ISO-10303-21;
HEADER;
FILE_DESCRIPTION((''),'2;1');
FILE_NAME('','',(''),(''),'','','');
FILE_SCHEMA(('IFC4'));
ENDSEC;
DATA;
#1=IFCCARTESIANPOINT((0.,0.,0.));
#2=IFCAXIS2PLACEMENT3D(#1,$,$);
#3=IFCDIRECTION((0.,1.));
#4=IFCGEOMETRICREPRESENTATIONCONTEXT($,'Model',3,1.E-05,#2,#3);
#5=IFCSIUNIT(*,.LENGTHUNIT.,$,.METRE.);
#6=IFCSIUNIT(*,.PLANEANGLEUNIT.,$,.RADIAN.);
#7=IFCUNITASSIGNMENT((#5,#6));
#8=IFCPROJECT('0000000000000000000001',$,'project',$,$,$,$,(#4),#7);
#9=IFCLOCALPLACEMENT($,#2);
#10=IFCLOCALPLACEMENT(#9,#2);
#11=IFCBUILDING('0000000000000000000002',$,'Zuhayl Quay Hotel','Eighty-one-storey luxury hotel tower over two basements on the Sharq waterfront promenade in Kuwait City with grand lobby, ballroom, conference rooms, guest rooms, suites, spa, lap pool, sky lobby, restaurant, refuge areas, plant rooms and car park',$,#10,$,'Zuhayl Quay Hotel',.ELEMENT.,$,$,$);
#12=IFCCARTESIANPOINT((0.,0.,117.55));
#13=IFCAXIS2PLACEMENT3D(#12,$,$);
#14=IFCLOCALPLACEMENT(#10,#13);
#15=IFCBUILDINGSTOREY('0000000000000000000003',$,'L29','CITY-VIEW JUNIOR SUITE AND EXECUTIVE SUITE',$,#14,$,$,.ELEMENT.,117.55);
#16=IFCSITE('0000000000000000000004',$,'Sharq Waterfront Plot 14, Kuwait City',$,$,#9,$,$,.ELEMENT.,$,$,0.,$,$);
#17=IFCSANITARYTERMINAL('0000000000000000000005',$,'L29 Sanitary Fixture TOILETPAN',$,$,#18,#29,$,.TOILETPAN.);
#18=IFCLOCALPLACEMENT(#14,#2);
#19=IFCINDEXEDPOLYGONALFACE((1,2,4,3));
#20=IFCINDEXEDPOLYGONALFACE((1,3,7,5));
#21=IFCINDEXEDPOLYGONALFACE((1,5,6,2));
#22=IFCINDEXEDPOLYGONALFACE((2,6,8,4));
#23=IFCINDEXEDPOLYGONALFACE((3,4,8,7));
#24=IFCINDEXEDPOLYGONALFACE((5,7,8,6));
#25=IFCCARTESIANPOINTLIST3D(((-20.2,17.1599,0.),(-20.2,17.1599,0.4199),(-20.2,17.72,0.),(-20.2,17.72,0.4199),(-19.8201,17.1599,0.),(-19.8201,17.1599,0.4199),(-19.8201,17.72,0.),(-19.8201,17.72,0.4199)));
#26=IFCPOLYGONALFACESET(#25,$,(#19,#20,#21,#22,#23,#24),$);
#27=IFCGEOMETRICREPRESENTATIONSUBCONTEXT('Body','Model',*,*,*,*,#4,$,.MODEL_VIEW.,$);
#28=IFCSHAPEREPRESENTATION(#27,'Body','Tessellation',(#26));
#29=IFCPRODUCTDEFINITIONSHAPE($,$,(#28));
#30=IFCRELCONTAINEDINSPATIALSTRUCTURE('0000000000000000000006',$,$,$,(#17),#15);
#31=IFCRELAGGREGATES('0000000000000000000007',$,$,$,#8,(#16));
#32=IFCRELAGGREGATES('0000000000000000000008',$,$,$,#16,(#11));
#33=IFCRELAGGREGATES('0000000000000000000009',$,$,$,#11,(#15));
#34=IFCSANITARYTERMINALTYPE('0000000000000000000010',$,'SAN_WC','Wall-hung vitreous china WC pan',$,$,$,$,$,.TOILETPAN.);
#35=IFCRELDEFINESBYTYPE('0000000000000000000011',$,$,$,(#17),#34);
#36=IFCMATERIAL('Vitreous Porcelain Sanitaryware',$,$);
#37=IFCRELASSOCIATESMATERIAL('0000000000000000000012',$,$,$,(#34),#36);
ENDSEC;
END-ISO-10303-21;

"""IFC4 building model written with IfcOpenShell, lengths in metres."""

from ifc_helpers import new_model, si_unit, direction, frame, origin, origin_2d, place, context, subcontext, project, spatial, rectangle, extrude, material, type_object, element, save


model = new_model("IFC4")

# Units and contexts
model_context = context("Model", 3, precision=1e-05, world=origin(), true_north=direction((0.0, 1.0)))
body_context = subcontext(model_context, "Body", "Model", "MODEL_VIEW")
ifc_project = project(units=[si_unit("LENGTHUNIT", "METRE"), si_unit("PLANEANGLEUNIT", "RADIAN")], contexts=[model_context])

# Site, building, storey
site_placement = place(None, origin())
site = spatial("IfcSite", under=ifc_project, at=site_placement, Name="Sharq Waterfront Plot 14, Kuwait City", CompositionType="ELEMENT", RefElevation=0.0)
building_placement = place(site_placement, origin())
building = spatial("IfcBuilding", under=site, at=building_placement, Name="Zuhayl Quay Hotel", Description="Eighty-one-storey luxury hotel tower over two basements on the Sharq waterfront promenade in Kuwait City with grand lobby, ballroom, conference rooms, guest rooms, suites, spa, lap pool, sky lobby, restaurant, refuge areas, plant rooms and car park", LongName="Zuhayl Quay Hotel", CompositionType="ELEMENT")
storey_placement = place(building_placement, frame((0.0, 0.0, 117.55)))
storey = spatial("IfcBuildingStorey", under=building, at=storey_placement, Name="L29", Description="CITY-VIEW JUNIOR SUITE AND EXECUTIVE SUITE", CompositionType="ELEMENT", Elevation=117.55)

# Sanitary terminal
ifc_material_1 = material(Name="Vitreous Porcelain Sanitaryware")
sanitary_terminal_type_1 = type_object("IfcSanitaryTerminalType", Name="SAN_WC", Description="Wall-hung vitreous china WC pan", PredefinedType="TOILETPAN", material=ifc_material_1)
sanitary_terminal_1_placement = place(storey_placement, frame((-20.01, 17.4399, 0.0), z_axis=(0.0, 0.0, 1.0), x_axis=(1.0, 0.0, 0.0)))
element("IfcSanitaryTerminal", 1, at=sanitary_terminal_1_placement, inside=storey, type_object=sanitary_terminal_type_1, Name="L29 Sanitary Fixture TOILETPAN", PredefinedType="TOILETPAN", context=body_context, shape_type="SweptSolid", body=[
    extrude(rectangle(XDim=0.3799, YDim=0.5601, at=origin_2d()), origin(), (0.0, 0.0, 1.0), 0.4199),
])

save(model, "model.ifc")
